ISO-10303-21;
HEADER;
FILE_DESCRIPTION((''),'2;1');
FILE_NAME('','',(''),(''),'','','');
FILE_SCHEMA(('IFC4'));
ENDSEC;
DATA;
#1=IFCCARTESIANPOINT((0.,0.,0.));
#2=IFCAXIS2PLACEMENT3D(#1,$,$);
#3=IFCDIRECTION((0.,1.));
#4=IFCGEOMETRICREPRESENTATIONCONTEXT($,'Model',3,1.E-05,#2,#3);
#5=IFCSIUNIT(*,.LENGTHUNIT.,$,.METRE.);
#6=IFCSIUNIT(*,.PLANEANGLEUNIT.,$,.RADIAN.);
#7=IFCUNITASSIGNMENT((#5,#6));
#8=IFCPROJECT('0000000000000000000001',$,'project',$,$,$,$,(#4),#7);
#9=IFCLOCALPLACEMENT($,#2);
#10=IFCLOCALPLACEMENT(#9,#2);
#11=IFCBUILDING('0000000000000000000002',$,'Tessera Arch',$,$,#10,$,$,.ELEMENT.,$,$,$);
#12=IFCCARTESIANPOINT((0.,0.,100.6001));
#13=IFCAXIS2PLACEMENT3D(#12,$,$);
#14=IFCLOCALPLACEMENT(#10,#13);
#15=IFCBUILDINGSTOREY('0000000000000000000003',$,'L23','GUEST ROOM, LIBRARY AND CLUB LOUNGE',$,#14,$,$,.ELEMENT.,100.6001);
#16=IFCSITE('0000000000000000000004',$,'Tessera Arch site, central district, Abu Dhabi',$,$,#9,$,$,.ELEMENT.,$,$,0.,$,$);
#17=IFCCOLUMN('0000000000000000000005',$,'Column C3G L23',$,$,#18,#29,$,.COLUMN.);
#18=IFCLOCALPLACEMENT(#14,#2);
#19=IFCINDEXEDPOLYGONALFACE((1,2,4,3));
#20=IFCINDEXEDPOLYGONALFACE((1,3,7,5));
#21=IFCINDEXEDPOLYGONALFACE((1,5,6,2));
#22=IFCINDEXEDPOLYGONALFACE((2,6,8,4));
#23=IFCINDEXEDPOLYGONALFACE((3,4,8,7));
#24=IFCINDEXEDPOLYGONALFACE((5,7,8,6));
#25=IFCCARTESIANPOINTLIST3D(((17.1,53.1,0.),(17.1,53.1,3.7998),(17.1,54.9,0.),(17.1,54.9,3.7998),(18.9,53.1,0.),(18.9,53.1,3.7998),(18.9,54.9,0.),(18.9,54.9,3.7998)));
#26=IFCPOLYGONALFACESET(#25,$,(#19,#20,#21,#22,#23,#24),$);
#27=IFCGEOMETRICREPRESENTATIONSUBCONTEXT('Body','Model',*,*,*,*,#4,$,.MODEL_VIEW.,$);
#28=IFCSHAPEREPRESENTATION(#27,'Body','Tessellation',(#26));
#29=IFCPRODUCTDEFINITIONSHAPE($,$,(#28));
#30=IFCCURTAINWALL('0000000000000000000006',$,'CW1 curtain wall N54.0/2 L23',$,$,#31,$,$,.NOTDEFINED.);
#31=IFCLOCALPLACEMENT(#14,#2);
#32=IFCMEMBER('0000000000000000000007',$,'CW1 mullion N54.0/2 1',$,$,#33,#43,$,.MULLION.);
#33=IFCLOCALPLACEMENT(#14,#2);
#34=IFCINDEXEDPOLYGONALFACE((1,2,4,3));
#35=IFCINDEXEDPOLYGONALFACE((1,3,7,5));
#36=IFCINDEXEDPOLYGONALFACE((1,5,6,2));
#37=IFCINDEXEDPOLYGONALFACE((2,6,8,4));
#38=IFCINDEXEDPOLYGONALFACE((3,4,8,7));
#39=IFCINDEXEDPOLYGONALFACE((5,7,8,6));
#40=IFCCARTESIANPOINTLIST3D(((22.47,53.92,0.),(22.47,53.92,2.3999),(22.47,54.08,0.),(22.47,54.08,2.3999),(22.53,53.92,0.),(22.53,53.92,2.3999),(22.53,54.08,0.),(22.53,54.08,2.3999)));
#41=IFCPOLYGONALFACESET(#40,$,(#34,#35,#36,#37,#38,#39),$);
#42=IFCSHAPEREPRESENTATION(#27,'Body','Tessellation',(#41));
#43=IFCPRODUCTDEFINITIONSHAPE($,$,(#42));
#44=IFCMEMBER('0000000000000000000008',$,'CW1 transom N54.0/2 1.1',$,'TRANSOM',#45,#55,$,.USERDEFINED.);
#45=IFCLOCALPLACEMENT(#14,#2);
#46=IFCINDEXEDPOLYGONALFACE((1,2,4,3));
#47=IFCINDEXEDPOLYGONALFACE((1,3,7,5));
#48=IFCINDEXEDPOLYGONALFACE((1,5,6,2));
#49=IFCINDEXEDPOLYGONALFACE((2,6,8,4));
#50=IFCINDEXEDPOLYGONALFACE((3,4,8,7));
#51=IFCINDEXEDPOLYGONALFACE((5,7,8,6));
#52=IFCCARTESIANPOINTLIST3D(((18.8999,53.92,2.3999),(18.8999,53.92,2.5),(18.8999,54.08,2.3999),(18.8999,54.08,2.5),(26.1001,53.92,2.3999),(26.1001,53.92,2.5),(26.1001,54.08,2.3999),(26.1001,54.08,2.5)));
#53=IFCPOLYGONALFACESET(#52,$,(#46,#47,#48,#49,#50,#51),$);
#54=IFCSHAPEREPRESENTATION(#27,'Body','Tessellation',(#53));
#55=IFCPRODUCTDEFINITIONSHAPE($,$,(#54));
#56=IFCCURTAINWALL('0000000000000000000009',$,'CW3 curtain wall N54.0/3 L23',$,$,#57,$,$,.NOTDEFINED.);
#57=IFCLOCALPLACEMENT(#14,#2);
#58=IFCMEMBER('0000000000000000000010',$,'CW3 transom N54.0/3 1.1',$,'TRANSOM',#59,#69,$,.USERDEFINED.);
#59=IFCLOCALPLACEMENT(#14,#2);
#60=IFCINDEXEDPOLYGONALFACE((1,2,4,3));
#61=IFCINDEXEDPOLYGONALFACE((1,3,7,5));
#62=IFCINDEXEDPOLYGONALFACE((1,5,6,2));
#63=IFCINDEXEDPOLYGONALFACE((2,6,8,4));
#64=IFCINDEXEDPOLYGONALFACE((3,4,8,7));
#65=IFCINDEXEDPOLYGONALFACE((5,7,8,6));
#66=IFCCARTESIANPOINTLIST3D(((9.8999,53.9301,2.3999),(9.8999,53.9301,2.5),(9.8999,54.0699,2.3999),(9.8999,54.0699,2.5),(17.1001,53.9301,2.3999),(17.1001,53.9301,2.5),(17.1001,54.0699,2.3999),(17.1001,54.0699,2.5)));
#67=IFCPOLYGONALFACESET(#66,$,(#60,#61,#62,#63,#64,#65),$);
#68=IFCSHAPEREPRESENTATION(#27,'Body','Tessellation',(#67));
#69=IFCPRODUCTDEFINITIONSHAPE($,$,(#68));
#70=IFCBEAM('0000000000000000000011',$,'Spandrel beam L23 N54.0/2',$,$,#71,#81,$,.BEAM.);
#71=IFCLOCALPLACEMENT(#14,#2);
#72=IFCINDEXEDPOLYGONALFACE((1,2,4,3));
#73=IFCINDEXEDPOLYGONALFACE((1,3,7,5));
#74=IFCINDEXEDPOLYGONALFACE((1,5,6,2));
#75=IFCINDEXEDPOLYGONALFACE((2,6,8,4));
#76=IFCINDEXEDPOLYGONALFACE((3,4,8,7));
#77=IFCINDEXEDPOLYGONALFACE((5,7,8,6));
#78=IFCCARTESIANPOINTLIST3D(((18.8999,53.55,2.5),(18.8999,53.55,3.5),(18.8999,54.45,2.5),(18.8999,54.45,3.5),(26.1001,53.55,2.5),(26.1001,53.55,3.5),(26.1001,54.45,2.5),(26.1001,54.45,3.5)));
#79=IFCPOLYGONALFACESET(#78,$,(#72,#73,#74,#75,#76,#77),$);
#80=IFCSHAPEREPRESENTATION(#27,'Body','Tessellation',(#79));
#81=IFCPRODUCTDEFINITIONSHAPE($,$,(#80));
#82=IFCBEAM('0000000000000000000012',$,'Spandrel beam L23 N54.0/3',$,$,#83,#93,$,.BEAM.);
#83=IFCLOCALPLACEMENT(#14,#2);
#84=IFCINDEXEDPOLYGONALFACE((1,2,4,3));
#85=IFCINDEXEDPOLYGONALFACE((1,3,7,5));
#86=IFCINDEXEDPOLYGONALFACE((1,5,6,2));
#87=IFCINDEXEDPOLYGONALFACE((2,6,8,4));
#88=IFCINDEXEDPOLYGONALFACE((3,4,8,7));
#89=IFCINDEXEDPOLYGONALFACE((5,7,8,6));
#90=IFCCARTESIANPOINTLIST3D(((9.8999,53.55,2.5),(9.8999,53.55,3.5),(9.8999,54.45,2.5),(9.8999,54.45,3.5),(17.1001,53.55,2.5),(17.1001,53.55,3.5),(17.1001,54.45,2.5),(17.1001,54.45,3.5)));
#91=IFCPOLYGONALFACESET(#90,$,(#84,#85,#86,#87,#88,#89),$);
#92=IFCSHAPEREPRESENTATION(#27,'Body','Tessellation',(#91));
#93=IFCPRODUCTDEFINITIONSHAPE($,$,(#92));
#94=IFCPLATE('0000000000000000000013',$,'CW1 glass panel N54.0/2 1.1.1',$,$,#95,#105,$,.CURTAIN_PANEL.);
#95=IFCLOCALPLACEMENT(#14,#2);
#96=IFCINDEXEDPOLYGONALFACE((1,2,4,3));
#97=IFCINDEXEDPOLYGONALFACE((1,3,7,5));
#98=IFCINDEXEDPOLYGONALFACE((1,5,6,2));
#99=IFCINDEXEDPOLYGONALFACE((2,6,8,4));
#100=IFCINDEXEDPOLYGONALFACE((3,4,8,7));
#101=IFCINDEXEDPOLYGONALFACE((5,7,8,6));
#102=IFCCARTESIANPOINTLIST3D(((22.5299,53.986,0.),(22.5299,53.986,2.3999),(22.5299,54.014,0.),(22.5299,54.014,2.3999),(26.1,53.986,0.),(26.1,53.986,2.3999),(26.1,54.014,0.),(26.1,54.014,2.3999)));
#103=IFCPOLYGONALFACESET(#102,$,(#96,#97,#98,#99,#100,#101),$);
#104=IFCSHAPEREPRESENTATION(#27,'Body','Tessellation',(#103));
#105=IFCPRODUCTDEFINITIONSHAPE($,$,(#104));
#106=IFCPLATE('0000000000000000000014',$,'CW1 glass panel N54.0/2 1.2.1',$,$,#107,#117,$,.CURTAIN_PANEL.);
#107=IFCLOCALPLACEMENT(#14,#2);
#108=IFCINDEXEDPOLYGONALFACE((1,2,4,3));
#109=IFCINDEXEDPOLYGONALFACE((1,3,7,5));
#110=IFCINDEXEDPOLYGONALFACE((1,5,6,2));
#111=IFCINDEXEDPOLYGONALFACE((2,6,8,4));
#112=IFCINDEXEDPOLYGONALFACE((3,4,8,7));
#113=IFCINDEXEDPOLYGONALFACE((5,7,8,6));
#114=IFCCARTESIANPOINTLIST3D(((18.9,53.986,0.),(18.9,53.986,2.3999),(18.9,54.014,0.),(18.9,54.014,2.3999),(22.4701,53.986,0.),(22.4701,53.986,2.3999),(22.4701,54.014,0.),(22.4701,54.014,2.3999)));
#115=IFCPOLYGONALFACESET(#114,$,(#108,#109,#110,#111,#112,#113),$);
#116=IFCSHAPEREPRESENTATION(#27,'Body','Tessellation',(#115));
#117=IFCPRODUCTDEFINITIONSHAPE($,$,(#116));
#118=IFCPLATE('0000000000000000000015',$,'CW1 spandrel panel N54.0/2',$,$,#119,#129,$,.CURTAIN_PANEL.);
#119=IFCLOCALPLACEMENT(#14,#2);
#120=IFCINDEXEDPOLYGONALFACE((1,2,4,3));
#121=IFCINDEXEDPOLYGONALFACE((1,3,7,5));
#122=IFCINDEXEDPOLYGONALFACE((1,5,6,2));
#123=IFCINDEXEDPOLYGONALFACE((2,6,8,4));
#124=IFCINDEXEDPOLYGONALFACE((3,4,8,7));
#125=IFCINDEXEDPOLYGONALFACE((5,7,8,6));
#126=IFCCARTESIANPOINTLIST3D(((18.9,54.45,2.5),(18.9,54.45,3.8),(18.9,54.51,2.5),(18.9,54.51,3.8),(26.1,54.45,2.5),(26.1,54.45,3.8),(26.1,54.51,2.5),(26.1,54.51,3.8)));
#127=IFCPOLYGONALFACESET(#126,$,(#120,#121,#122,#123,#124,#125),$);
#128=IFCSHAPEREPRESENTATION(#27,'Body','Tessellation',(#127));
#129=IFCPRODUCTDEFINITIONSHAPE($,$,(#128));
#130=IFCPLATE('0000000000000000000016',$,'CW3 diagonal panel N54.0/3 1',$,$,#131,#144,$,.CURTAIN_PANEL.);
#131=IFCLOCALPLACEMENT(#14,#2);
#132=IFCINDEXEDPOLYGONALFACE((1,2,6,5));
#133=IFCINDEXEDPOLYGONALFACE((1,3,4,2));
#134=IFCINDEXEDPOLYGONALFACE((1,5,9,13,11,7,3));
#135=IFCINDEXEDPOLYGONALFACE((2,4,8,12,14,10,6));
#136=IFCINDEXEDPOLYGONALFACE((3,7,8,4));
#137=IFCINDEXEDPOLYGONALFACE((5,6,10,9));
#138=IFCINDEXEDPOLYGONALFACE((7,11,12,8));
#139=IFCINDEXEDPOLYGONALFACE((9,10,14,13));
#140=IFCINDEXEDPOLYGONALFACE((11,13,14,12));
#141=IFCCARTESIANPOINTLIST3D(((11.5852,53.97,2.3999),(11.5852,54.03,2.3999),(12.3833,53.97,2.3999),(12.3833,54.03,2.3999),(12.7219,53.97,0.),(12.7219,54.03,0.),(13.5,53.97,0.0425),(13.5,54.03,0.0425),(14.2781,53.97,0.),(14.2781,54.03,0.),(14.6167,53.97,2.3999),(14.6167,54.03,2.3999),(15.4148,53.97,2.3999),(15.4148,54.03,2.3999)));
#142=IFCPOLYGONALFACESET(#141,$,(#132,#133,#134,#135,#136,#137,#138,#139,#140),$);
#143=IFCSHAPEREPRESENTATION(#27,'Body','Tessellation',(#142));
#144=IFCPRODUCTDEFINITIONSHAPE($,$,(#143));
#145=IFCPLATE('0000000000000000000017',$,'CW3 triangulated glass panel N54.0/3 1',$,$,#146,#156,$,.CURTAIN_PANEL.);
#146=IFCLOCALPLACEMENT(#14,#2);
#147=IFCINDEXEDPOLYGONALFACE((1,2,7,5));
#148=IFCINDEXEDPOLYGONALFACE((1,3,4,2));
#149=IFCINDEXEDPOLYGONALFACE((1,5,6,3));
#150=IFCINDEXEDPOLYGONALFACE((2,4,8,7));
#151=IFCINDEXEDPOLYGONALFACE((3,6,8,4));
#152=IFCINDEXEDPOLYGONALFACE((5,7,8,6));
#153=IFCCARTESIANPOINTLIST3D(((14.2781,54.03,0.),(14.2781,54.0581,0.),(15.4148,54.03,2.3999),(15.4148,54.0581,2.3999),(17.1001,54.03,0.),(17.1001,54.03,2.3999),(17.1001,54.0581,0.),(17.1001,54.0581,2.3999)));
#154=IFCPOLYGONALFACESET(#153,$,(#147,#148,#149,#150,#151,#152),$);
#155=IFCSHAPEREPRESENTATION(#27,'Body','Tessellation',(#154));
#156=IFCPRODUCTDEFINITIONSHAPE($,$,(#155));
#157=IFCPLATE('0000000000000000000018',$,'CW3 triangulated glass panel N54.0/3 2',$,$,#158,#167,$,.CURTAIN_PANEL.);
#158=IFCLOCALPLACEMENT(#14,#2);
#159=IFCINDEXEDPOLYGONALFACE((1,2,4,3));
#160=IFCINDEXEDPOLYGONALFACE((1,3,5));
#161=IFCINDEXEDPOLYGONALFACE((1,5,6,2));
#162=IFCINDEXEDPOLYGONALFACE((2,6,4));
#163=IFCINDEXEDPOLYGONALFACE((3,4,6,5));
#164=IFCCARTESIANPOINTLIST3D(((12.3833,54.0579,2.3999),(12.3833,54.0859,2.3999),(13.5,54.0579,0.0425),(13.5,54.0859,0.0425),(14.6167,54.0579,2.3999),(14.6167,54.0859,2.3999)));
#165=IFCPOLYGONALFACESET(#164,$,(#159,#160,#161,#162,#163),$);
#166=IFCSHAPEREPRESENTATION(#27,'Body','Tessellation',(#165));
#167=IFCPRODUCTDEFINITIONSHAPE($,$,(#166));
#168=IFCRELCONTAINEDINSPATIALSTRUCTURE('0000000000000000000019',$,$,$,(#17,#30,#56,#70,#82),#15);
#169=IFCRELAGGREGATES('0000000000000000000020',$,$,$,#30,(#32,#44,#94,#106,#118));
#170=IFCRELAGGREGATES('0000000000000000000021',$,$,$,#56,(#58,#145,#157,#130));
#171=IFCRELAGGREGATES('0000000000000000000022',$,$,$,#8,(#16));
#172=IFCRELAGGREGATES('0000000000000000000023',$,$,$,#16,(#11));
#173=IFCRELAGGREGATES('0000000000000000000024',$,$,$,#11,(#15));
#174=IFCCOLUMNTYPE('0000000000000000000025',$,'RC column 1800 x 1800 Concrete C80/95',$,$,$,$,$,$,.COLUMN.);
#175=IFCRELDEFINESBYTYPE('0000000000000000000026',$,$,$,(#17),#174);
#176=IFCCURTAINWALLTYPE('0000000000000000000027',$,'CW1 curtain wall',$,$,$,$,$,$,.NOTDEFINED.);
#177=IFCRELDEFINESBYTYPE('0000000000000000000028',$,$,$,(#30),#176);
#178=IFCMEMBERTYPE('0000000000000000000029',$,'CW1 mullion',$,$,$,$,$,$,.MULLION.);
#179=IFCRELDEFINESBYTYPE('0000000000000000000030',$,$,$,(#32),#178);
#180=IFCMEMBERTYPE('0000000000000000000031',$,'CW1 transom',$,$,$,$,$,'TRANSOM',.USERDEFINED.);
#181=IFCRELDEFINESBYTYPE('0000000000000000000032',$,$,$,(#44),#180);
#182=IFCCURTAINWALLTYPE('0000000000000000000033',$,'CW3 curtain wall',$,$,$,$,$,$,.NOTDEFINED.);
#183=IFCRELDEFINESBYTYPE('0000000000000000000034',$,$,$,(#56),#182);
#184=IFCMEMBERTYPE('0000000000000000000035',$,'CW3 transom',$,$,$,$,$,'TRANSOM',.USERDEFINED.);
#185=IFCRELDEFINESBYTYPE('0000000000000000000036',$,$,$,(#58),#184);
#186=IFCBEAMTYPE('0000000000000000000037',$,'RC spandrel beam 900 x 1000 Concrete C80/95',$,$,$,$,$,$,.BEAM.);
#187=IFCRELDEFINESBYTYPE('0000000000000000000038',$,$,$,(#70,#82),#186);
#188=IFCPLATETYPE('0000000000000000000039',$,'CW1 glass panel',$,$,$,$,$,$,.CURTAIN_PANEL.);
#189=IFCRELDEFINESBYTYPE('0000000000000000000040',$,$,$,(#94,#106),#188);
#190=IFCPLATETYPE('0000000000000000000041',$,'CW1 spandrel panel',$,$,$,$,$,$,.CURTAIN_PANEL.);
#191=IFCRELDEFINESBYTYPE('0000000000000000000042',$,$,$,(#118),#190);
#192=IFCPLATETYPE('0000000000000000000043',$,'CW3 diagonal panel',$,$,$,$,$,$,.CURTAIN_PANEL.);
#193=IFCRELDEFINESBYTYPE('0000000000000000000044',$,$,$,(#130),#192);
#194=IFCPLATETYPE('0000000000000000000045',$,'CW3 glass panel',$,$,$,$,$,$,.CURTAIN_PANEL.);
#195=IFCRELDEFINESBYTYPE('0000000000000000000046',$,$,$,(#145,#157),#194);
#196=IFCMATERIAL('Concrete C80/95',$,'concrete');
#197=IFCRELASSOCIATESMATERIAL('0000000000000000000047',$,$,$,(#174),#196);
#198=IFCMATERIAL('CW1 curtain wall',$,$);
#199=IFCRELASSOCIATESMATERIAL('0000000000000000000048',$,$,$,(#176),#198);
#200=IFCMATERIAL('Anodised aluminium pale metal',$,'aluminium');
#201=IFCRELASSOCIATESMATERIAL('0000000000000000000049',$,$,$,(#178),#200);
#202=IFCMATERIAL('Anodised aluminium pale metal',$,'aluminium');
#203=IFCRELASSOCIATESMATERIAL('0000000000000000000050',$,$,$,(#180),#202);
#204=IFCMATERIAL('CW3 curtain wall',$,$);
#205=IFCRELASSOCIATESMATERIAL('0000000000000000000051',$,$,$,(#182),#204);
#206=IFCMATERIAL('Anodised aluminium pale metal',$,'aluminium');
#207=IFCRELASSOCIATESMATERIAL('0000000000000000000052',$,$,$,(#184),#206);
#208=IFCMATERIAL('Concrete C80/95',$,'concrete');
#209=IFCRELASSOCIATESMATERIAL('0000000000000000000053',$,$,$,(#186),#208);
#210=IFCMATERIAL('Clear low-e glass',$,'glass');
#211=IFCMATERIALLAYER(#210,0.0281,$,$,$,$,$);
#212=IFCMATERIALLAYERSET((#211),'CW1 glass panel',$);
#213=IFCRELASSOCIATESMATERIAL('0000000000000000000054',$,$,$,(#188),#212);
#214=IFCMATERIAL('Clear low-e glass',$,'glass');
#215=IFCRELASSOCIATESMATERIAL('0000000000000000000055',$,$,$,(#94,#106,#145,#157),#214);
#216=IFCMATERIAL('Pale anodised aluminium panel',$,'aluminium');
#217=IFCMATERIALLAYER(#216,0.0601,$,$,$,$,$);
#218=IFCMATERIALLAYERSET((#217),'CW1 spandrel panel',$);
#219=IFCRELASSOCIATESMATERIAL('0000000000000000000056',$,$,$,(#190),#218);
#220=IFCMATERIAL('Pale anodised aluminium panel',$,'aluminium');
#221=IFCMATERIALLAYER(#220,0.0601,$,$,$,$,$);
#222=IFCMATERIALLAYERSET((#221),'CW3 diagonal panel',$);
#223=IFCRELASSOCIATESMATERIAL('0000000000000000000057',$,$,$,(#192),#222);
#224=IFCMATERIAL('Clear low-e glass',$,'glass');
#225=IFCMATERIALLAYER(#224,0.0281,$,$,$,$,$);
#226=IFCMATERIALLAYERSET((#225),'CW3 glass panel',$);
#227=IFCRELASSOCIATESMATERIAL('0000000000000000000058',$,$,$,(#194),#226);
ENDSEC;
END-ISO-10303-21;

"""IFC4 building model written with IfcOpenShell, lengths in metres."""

from ifc_helpers import new_model, si_unit, direction, frame, origin, origin_2d, place, context, subcontext, project, spatial, polyline, rectangle, outline, extrude, material, layer, layer_set, material_profile, profile_set, type_object, element, aggregate, save


model = new_model("IFC4")

# Units and contexts
model_context = context("Model", 3, precision=1e-05, world=origin(), true_north=direction((0.0, 1.0)))
body_context = subcontext(model_context, "Body", "Model", "MODEL_VIEW")
ifc_project = project(units=[si_unit("LENGTHUNIT", "METRE"), si_unit("PLANEANGLEUNIT", "RADIAN")], contexts=[model_context])

# Site, building, storey
site_placement = place(None, origin())
site = spatial("IfcSite", under=ifc_project, at=site_placement, Name="Tessera Arch site, central district, Abu Dhabi", CompositionType="ELEMENT", RefElevation=0.0)
building_placement = place(site_placement, origin())
building = spatial("IfcBuilding", under=site, at=building_placement, Name="Tessera Arch", CompositionType="ELEMENT")
storey_placement = place(building_placement, frame((0.0, 0.0, 100.6001)))
storey = spatial("IfcBuildingStorey", under=building, at=storey_placement, Name="L23", Description="GUEST ROOM, LIBRARY AND CLUB LOUNGE", CompositionType="ELEMENT", Elevation=100.6001)

# Column
ifc_material_1 = material(Name="Concrete C80/95", Category="concrete")
ifc_material_profile_1 = material_profile(ifc_material_1, rectangle(XDim=1.8, YDim=1.8, at=origin_2d()), Name="RC column 1800 x 1800 Concrete C80/95")
ifc_profile_set_1 = profile_set([ifc_material_profile_1], Name="Concrete C80/95")
column_type = type_object("IfcColumnType", Name="RC column 1800 x 1800 Concrete C80/95", PredefinedType="COLUMN", material=ifc_profile_set_1)
column_placement = place(storey_placement, frame((18.0, 54.0, 0.0), z_axis=(0.0, 0.0, 1.0), x_axis=(1.0, 0.0, 0.0)))
element("IfcColumn", 1, at=column_placement, inside=storey, type_object=column_type, Name="Column C3G L23", PredefinedType="COLUMN", context=body_context, shape_type="SweptSolid", body=[
    extrude(rectangle(XDim=1.8, YDim=1.8, at=origin_2d()), origin(), (0.0, 0.0, 1.0), 3.7998),
])

# Curtain wall, members
ifc_material_2 = material(Name="CW1 curtain wall")
curtain_wall_type_1 = type_object("IfcCurtainWallType", Name="CW1 curtain wall", PredefinedType="NOTDEFINED", material=ifc_material_2)
curtain_wall_1_placement = place(storey_placement, origin())
curtain_wall_1 = element("IfcCurtainWall", 2, at=curtain_wall_1_placement, inside=storey, type_object=curtain_wall_type_1, Name="CW1 curtain wall N54.0/2 L23", PredefinedType="NOTDEFINED")
ifc_material_3 = material(Name="Anodised aluminium pale metal", Category="aluminium")
ifc_material_profile_2 = material_profile(ifc_material_3, rectangle(XDim=0.1599, YDim=0.0601, at=origin_2d()), Name="AL 60x160")
ifc_profile_set_2 = profile_set([ifc_material_profile_2], Name="Anodised aluminium pale metal")
member_type_1 = type_object("IfcMemberType", Name="CW1 mullion", PredefinedType="MULLION", material=ifc_profile_set_2)
member_1_placement = place(storey_placement, frame((22.5, 54.0, 0.0), z_axis=(0.0, 0.0, 1.0), x_axis=(0.0, -1.0, 0.0)))
member_1 = element("IfcMember", 3, at=member_1_placement, type_object=member_type_1, Name="CW1 mullion N54.0/2 1", PredefinedType="MULLION", context=body_context, shape_type="SweptSolid", body=[
    extrude(rectangle(XDim=0.1599, YDim=0.0601, at=origin_2d()), origin(), (0.0, 0.0, 1.0), 2.3999),
])
ifc_material_4 = material(Name="Anodised aluminium pale metal", Category="aluminium")
ifc_material_profile_3 = material_profile(ifc_material_4, rectangle(XDim=0.1599, YDim=0.1001, at=origin_2d()), Name="AL 160x100")
ifc_profile_set_3 = profile_set([ifc_material_profile_3], Name="Anodised aluminium pale metal")
member_type_2 = type_object("IfcMemberType", Name="CW1 transom", ElementType="TRANSOM", PredefinedType="USERDEFINED", material=ifc_profile_set_3)
member_2_placement = place(storey_placement, frame((26.1001, 54.0, 2.45), z_axis=(-1.0, 0.0, 0.0), x_axis=(0.0, -1.0, 0.0)))
member_2 = element("IfcMember", 4, at=member_2_placement, type_object=member_type_2, Name="CW1 transom N54.0/2 1.1", ObjectType="TRANSOM", PredefinedType="USERDEFINED", context=body_context, shape_type="SweptSolid", body=[
    extrude(rectangle(XDim=0.1599, YDim=0.1001, at=origin_2d()), origin(), (0.0, 0.0, 1.0), 7.2002),
])

# Curtain wall, member
ifc_material_5 = material(Name="CW3 curtain wall")
curtain_wall_type_2 = type_object("IfcCurtainWallType", Name="CW3 curtain wall", PredefinedType="NOTDEFINED", material=ifc_material_5)
curtain_wall_2_placement = place(storey_placement, origin())
curtain_wall_2 = element("IfcCurtainWall", 5, at=curtain_wall_2_placement, inside=storey, type_object=curtain_wall_type_2, Name="CW3 curtain wall N54.0/3 L23", PredefinedType="NOTDEFINED")
ifc_material_6 = material(Name="Anodised aluminium pale metal", Category="aluminium")
ifc_material_profile_4 = material_profile(ifc_material_6, rectangle(XDim=0.1399, YDim=0.1001, at=origin_2d()), Name="AL 140x100")
ifc_profile_set_4 = profile_set([ifc_material_profile_4], Name="Anodised aluminium pale metal")
member_type_3 = type_object("IfcMemberType", Name="CW3 transom", ElementType="TRANSOM", PredefinedType="USERDEFINED", material=ifc_profile_set_4)
member_3_placement = place(storey_placement, frame((17.1001, 54.0, 2.45), z_axis=(-1.0, 0.0, 0.0), x_axis=(0.0, -1.0, 0.0)))
member_3 = element("IfcMember", 6, at=member_3_placement, type_object=member_type_3, Name="CW3 transom N54.0/3 1.1", ObjectType="TRANSOM", PredefinedType="USERDEFINED", context=body_context, shape_type="SweptSolid", body=[
    extrude(rectangle(XDim=0.1399, YDim=0.1001, at=origin_2d()), origin(), (0.0, 0.0, 1.0), 7.2002),
])

# Beams
ifc_material_7 = material(Name="Concrete C80/95", Category="concrete")
ifc_material_profile_5 = material_profile(ifc_material_7, rectangle(XDim=0.8999, YDim=1.0, at=origin_2d()), Name="RC spandrel beam 900 x 1000 Concrete C80/95")
ifc_profile_set_5 = profile_set([ifc_material_profile_5], Name="Concrete C80/95")
beam_type = type_object("IfcBeamType", Name="RC spandrel beam 900 x 1000 Concrete C80/95", PredefinedType="BEAM", material=ifc_profile_set_5)
for number, where, z_axis, x_axis, name in (
    (7, (26.1001, 54.0, 3.0), (-1.0, 0.0, 0.0), (0.0, -1.0, 0.0), "Spandrel beam L23 N54.0/2"),
    (8, (17.1001, 54.0, 3.0), (-1.0, 0.0, 0.0), (0.0, -1.0, 0.0), "Spandrel beam L23 N54.0/3"),
):
    element("IfcBeam", number, at=place(storey_placement, frame(where, z_axis=z_axis, x_axis=x_axis)), inside=storey, type_object=beam_type, Name=name, PredefinedType="BEAM", context=body_context, shape_type="SweptSolid", body=[
        extrude(rectangle(XDim=0.8999, YDim=1.0, at=origin_2d()), origin(), (0.0, 0.0, 1.0), 7.2002),
    ])

# Plates
ifc_material_8 = material(Name="Clear low-e glass", Category="glass")
ifc_material_9 = material(Name="Clear low-e glass", Category="glass")
ifc_layer_1 = layer(ifc_material_9, 0.0281)
ifc_layer_set_1 = layer_set([ifc_layer_1], Name="CW1 glass panel")
plate_type_1 = type_object("IfcPlateType", Name="CW1 glass panel", PredefinedType="CURTAIN_PANEL", material=ifc_layer_set_1)
plate_1_placement = place(storey_placement, frame((24.3149, 54.0, 0.0), z_axis=(0.0, 0.0, 1.0), x_axis=(-1.0, 0.0, 0.0)))
plate_1 = element("IfcPlate", 9, at=plate_1_placement, type_object=plate_type_1, material=ifc_material_8, Name="CW1 glass panel N54.0/2 1.1.1", PredefinedType="CURTAIN_PANEL", context=body_context, shape_type="SweptSolid", body=[
    extrude(rectangle(XDim=3.5701, YDim=0.0281, at=origin_2d()), origin(), (0.0, 0.0, 1.0), 2.3999),
])
plate_2_placement = place(storey_placement, frame((20.6851, 54.0, 0.0), z_axis=(0.0, 0.0, 1.0), x_axis=(-1.0, 0.0, 0.0)))
plate_2 = element("IfcPlate", 10, at=plate_2_placement, type_object=plate_type_1, material=ifc_material_8, Name="CW1 glass panel N54.0/2 1.2.1", PredefinedType="CURTAIN_PANEL", context=body_context, shape_type="SweptSolid", body=[
    extrude(rectangle(XDim=3.5701, YDim=0.0281, at=origin_2d()), origin(), (0.0, 0.0, 1.0), 2.3999),
])
ifc_material_10 = material(Name="Pale anodised aluminium panel", Category="aluminium")
ifc_layer_2 = layer(ifc_material_10, 0.0601)
ifc_layer_set_2 = layer_set([ifc_layer_2], Name="CW1 spandrel panel")
plate_type_2 = type_object("IfcPlateType", Name="CW1 spandrel panel", PredefinedType="CURTAIN_PANEL", material=ifc_layer_set_2)
plate_3_placement = place(storey_placement, frame((22.5, 54.48, 2.5), z_axis=(0.0, 0.0, 1.0), x_axis=(-1.0, 0.0, 0.0)))
plate_3 = element("IfcPlate", 11, at=plate_3_placement, type_object=plate_type_2, Name="CW1 spandrel panel N54.0/2", PredefinedType="CURTAIN_PANEL", context=body_context, shape_type="SweptSolid", body=[
    extrude(rectangle(XDim=7.2, YDim=0.0601, at=origin_2d()), origin(), (0.0, 0.0, 1.0), 1.3),
])
aggregate(curtain_wall_1, [member_1, member_2, plate_1, plate_2, plate_3])
ifc_material_11 = material(Name="Pale anodised aluminium panel", Category="aluminium")
ifc_layer_3 = layer(ifc_material_11, 0.0601)
ifc_layer_set_3 = layer_set([ifc_layer_3], Name="CW3 diagonal panel")
plate_type_3 = type_object("IfcPlateType", Name="CW3 diagonal panel", PredefinedType="CURTAIN_PANEL", material=ifc_layer_set_3)
plate_4_placement = place(storey_placement, frame((11.5852, 54.03, 2.3999), z_axis=(0.0, 1.0, 0.0), x_axis=(1.0, 0.0, 0.0)))
plate_4 = element("IfcPlate", 12, at=plate_4_placement, type_object=plate_type_3, Name="CW3 diagonal panel N54.0/3 1", PredefinedType="CURTAIN_PANEL", context=body_context, shape_type="SweptSolid", body=[
    extrude(outline(polyline([(0.0, 0.0), (0.7981, 0.0), (1.9148, 2.3574), (3.0315, 0.0), (3.8296, 0.0), (2.6929, 2.3999), (1.1367, 2.3999), (0.0, 0.0)])), origin(), (0.0, 0.0, -1.0), 0.0601),
])
ifc_material_12 = material(Name="Clear low-e glass", Category="glass")
ifc_layer_4 = layer(ifc_material_12, 0.0281)
ifc_layer_set_4 = layer_set([ifc_layer_4], Name="CW3 glass panel")
plate_type_4 = type_object("IfcPlateType", Name="CW3 glass panel", PredefinedType="CURTAIN_PANEL", material=ifc_layer_set_4)
plate_5_placement = place(storey_placement, frame((17.1001, 54.0581, 0.0), z_axis=(0.0, 1.0, 0.0), x_axis=(-1.0, 0.0, 0.0)))
plate_5 = element("IfcPlate", 13, at=plate_5_placement, type_object=plate_type_4, material=ifc_material_8, Name="CW3 triangulated glass panel N54.0/3 1", PredefinedType="CURTAIN_PANEL", context=body_context, shape_type="SweptSolid", body=[
    extrude(outline(polyline([(0.0, 0.0), (2.822, 0.0), (1.6853, 2.3999), (0.0, 2.3999), (0.0, 0.0)])), origin(), (0.0, 0.0, -1.0), 0.0281),
])
plate_6_placement = place(storey_placement, frame((12.3833, 54.0859, 2.3999), z_axis=(0.0, 1.0, 0.0), x_axis=(1.0, 0.0, 0.0)))
plate_6 = element("IfcPlate", 14, at=plate_6_placement, type_object=plate_type_4, material=ifc_material_8, Name="CW3 triangulated glass panel N54.0/3 2", PredefinedType="CURTAIN_PANEL", context=body_context, shape_type="SweptSolid", body=[
    extrude(outline(polyline([(0.0, 0.0), (2.2334, 0.0), (1.1167, 2.3574), (0.0, 0.0)])), origin(), (0.0, 0.0, -1.0), 0.0281),
])
aggregate(curtain_wall_2, [member_3, plate_5, plate_6, plate_4])

save(model, "model.ifc")
